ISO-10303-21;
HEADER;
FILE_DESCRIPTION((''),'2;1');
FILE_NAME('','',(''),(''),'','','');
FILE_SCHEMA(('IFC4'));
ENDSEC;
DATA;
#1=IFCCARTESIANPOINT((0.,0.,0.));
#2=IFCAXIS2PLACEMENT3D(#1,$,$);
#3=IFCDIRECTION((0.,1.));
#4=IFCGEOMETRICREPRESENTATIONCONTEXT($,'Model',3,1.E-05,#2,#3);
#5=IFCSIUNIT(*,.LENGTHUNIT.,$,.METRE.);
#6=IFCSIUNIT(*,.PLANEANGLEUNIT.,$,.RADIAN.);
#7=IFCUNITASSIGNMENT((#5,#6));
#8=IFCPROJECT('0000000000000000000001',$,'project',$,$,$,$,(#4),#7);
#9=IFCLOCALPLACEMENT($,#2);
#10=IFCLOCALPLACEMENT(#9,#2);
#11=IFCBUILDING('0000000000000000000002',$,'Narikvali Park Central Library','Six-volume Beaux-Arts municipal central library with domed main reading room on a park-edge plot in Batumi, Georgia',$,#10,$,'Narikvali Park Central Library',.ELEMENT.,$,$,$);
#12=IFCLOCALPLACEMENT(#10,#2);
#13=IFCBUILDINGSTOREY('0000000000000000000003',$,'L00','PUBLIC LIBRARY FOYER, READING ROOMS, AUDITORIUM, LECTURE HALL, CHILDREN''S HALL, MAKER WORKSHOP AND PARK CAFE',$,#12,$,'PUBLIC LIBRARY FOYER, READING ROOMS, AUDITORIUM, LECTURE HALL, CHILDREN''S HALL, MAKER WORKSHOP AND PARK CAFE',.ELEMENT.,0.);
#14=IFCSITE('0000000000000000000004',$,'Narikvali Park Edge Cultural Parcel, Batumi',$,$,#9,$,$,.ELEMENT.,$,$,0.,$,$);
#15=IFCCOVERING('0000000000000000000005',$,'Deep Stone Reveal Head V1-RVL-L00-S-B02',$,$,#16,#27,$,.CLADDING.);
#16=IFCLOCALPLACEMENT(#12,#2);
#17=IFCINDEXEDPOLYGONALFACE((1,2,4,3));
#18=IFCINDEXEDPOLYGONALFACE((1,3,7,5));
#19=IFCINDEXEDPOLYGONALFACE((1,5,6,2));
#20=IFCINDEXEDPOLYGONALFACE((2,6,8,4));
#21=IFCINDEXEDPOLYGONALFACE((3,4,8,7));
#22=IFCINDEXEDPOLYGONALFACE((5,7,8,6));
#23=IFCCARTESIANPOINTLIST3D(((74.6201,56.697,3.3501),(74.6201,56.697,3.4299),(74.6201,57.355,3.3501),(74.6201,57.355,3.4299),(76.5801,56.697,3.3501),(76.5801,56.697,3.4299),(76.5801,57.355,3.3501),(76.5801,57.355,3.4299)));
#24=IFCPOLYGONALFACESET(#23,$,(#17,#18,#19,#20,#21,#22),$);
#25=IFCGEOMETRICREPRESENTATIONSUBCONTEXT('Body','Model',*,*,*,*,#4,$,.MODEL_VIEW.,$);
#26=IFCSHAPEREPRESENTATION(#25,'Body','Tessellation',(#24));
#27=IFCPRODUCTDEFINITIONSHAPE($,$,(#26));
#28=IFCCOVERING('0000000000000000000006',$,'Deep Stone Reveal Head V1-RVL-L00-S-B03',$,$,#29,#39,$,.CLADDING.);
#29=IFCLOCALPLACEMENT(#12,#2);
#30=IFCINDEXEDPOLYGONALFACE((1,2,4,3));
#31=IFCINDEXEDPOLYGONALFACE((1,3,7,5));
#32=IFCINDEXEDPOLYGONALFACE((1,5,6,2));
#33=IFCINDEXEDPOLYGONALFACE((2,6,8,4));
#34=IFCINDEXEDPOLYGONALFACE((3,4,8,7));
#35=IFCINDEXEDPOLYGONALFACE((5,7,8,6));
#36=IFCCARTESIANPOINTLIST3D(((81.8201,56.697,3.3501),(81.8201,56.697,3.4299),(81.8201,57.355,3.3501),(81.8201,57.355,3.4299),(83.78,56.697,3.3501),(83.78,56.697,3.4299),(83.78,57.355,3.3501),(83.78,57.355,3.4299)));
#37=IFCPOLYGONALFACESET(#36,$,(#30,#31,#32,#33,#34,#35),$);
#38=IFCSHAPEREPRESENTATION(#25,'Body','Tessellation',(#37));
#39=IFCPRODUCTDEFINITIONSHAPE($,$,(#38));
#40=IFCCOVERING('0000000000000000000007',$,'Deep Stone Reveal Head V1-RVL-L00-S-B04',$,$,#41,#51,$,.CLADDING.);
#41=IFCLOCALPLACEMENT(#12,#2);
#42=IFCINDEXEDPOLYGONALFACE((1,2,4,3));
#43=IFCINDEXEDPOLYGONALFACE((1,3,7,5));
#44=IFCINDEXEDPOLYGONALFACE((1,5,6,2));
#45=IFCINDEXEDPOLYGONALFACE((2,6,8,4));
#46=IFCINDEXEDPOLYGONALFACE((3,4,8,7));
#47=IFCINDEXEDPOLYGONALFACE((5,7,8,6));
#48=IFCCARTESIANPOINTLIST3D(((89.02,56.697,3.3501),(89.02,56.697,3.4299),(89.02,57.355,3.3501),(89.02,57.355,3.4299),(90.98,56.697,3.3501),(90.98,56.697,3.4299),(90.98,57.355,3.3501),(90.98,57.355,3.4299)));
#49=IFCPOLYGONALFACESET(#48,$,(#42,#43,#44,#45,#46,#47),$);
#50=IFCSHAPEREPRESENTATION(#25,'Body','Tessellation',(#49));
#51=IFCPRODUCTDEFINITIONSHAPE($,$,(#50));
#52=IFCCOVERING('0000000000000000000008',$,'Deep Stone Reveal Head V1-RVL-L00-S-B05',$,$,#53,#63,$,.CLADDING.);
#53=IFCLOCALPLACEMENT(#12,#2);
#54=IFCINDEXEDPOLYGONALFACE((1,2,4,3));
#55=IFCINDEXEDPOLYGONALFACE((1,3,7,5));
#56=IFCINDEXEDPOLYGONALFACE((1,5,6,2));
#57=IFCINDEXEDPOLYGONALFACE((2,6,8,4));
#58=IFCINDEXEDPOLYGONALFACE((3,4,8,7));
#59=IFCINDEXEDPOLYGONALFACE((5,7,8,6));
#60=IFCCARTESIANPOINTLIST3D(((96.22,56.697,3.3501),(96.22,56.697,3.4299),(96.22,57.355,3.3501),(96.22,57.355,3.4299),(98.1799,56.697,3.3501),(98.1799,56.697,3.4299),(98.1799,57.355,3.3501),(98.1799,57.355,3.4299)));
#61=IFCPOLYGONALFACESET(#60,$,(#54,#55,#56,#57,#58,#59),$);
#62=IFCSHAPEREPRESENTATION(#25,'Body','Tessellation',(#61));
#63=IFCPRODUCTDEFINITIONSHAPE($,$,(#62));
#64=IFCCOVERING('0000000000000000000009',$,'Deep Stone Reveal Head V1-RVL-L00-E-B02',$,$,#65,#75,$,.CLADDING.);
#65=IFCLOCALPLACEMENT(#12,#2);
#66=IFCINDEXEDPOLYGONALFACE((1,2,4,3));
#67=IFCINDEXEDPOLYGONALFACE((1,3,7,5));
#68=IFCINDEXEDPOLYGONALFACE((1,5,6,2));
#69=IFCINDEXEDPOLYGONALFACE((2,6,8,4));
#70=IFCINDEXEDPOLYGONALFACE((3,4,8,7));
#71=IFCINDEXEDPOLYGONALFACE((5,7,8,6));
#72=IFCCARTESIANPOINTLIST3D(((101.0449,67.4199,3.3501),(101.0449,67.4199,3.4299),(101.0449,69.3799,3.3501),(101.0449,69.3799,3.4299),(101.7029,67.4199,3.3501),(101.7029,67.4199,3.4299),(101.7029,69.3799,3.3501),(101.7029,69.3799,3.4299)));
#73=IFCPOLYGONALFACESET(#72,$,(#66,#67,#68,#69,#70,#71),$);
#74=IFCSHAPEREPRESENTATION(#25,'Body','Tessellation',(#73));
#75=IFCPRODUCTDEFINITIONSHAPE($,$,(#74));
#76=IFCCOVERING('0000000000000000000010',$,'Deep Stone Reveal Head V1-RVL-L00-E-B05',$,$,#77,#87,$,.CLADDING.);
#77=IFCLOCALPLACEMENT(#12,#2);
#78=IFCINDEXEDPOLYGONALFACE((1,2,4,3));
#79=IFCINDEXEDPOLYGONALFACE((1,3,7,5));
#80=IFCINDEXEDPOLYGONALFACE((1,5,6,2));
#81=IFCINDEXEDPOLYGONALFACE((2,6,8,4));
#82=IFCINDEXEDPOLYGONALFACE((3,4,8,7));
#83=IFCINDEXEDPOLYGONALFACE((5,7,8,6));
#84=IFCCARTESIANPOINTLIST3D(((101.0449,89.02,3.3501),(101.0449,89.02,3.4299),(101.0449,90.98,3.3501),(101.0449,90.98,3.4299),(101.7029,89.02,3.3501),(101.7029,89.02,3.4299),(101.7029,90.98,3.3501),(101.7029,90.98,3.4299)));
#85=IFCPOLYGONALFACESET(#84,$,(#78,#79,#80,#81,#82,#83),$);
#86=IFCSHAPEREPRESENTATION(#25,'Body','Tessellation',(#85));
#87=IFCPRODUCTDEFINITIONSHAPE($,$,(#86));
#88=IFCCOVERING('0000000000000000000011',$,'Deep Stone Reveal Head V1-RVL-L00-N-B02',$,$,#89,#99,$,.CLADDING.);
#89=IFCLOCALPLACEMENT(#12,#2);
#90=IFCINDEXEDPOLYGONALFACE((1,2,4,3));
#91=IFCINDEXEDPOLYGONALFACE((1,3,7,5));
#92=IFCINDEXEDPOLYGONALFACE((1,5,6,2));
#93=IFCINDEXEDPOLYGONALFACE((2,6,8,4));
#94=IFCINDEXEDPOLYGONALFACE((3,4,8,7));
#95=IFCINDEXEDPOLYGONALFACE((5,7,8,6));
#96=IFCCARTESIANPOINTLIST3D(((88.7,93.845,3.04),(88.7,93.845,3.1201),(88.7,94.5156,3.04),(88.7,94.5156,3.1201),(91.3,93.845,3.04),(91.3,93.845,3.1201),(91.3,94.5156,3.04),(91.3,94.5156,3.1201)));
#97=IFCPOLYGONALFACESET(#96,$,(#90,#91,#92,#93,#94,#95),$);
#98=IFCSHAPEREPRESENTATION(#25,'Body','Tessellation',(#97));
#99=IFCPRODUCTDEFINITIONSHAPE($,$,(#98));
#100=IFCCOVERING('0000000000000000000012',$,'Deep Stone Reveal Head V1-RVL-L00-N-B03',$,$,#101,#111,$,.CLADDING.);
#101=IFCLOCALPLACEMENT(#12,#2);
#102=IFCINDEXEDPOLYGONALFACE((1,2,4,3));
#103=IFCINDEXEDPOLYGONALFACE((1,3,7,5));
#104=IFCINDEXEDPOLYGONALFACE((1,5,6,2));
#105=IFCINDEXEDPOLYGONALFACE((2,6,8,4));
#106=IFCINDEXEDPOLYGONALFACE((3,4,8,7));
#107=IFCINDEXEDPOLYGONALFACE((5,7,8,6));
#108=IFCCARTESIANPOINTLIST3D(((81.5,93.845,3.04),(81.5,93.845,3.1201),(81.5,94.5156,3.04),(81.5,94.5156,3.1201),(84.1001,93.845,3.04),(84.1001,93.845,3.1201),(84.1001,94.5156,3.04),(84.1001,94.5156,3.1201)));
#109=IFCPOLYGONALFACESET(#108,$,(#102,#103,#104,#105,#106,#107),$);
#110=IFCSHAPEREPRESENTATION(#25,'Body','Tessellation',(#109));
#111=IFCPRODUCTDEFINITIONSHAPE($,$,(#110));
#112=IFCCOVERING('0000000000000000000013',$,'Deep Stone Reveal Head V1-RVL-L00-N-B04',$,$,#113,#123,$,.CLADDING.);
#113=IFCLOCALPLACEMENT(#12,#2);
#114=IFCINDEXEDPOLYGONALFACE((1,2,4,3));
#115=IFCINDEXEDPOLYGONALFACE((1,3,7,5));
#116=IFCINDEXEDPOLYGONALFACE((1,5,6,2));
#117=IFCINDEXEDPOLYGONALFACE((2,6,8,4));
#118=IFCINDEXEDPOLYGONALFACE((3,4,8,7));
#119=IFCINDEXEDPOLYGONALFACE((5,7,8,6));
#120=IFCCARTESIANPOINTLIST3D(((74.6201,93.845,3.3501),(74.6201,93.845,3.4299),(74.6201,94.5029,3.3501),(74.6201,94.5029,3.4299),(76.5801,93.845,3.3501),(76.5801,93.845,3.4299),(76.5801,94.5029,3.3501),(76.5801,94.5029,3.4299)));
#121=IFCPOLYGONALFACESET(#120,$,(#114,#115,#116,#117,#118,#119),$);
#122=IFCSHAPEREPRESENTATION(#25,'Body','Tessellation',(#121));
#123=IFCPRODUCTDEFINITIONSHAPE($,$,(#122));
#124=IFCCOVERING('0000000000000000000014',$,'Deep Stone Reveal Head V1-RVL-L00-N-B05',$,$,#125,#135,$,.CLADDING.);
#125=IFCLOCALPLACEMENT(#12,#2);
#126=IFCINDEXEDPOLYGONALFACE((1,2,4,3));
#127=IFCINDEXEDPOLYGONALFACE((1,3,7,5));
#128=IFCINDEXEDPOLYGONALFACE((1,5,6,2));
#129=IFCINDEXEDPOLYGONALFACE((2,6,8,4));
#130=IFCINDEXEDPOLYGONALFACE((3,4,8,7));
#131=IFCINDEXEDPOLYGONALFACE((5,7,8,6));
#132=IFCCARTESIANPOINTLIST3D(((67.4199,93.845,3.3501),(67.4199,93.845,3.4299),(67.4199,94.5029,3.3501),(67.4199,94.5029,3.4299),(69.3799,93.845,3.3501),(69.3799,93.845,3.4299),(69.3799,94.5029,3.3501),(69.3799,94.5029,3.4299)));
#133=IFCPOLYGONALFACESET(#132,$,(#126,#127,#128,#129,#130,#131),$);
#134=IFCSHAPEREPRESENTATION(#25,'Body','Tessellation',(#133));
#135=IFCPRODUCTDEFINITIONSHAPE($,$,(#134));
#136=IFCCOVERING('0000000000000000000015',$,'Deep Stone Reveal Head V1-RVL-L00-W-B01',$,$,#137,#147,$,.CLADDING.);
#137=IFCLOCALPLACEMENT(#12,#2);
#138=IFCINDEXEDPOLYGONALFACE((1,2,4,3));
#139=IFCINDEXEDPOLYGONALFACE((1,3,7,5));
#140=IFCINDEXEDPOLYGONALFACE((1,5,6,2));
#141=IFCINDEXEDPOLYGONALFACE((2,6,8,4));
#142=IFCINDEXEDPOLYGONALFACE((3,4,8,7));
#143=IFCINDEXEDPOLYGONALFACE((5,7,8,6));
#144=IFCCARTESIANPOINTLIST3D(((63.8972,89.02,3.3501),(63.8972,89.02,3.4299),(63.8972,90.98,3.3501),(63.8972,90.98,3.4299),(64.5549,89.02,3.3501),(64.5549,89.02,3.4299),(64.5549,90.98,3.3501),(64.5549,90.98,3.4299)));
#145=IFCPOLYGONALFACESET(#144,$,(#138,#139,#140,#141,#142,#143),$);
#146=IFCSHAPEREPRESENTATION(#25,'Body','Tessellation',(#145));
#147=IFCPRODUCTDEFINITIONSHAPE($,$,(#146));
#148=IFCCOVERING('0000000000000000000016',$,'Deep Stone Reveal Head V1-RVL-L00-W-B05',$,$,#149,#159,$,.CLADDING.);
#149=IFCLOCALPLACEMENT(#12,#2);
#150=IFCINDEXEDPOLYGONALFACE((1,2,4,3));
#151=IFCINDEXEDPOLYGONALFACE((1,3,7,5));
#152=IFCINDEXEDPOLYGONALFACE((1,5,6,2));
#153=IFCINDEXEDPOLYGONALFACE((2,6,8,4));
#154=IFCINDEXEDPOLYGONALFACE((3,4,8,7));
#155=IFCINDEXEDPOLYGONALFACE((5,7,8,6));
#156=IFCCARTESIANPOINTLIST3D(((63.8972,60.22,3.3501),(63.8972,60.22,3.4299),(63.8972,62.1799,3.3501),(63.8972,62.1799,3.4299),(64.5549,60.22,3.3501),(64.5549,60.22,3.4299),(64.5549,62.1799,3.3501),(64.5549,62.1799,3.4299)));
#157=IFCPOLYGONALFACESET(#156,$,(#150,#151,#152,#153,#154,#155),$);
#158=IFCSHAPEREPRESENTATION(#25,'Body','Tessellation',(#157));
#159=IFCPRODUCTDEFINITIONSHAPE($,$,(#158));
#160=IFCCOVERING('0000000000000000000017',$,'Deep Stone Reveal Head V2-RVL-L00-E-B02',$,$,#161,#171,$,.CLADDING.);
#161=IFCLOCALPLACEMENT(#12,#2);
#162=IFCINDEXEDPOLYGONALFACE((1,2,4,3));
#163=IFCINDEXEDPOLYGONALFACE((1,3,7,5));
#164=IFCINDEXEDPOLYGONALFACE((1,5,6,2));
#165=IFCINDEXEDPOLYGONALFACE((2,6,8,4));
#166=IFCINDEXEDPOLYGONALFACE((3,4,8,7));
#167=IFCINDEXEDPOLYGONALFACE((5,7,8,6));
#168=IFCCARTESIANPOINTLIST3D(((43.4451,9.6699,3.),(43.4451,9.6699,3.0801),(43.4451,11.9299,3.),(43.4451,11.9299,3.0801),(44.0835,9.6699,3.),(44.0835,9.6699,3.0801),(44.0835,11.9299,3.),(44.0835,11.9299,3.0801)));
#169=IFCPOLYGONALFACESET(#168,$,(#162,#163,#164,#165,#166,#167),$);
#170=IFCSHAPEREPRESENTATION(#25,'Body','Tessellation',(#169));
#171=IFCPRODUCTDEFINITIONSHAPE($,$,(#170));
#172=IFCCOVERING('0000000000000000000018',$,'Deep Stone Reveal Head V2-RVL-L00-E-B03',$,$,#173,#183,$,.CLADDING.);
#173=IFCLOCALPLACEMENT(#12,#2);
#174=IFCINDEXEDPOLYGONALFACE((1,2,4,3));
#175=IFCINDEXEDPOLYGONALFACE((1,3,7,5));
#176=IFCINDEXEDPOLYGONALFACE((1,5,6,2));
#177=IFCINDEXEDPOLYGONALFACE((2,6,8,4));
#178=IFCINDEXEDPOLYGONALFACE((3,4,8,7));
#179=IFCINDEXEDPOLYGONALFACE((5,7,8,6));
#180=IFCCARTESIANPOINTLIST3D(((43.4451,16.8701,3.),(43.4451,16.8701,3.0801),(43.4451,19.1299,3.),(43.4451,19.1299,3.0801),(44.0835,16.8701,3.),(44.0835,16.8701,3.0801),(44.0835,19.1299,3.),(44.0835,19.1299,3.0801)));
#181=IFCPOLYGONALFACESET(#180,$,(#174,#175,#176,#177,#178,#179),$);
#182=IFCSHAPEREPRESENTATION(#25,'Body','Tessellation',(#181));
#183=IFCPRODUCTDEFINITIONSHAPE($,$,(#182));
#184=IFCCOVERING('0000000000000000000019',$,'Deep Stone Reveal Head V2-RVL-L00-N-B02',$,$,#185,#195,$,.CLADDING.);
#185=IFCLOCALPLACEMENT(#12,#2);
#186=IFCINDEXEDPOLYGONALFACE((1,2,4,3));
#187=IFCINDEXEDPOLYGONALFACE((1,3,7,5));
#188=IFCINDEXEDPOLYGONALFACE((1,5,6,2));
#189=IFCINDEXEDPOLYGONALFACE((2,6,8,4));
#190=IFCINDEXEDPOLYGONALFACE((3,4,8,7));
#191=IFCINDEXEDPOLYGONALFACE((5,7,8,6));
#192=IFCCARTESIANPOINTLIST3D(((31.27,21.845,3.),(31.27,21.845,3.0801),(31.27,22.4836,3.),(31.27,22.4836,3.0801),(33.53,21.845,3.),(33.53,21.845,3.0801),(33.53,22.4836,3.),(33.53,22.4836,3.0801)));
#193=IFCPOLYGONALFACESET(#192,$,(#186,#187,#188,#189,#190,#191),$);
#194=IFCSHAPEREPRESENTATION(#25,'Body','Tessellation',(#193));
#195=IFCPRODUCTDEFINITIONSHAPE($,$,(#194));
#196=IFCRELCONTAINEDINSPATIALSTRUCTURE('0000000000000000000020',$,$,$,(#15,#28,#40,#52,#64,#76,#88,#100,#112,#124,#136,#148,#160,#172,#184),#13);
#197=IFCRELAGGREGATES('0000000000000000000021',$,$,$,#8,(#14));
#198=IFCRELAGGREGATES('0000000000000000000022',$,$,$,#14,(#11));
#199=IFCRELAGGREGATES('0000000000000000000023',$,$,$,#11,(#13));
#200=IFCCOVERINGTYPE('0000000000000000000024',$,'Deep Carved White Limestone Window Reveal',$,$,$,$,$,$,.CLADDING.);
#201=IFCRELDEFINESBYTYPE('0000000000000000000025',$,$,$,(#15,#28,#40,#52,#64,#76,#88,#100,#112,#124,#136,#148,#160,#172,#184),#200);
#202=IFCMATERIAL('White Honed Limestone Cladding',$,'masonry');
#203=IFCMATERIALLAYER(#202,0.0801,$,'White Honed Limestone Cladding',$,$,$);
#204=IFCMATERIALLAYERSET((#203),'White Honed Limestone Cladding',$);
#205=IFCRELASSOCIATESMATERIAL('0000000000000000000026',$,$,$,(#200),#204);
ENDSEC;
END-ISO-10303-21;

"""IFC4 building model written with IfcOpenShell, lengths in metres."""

from ifc_helpers import new_model, si_unit, direction, frame, origin, place, context, subcontext, project, spatial, polyline, outline, extrude, material, layer, layer_set, type_object, element, save


model = new_model("IFC4")

# Units and contexts
model_context = context("Model", 3, precision=1e-05, world=origin(), true_north=direction((0.0, 1.0)))
body_context = subcontext(model_context, "Body", "Model", "MODEL_VIEW")
ifc_project = project(units=[si_unit("LENGTHUNIT", "METRE"), si_unit("PLANEANGLEUNIT", "RADIAN")], contexts=[model_context])

# Site, building, storey
site_placement = place(None, origin())
site = spatial("IfcSite", under=ifc_project, at=site_placement, Name="Narikvali Park Edge Cultural Parcel, Batumi", CompositionType="ELEMENT", RefElevation=0.0)
building_placement = place(site_placement, origin())
building = spatial("IfcBuilding", under=site, at=building_placement, Name="Narikvali Park Central Library", Description="Six-volume Beaux-Arts municipal central library with domed main reading room on a park-edge plot in Batumi, Georgia", LongName="Narikvali Park Central Library", CompositionType="ELEMENT")
storey_placement = place(building_placement, origin())
storey = spatial("IfcBuildingStorey", under=building, at=storey_placement, Name="L00", Description="PUBLIC LIBRARY FOYER, READING ROOMS, AUDITORIUM, LECTURE HALL, CHILDREN'S HALL, MAKER WORKSHOP AND PARK CAFE", LongName="PUBLIC LIBRARY FOYER, READING ROOMS, AUDITORIUM, LECTURE HALL, CHILDREN'S HALL, MAKER WORKSHOP AND PARK CAFE", CompositionType="ELEMENT", Elevation=0.0)

# Coverings
ifc_material = material(Name="White Honed Limestone Cladding", Category="masonry")
ifc_layer = layer(ifc_material, 0.0801, Name="White Honed Limestone Cladding")
ifc_layer_set = layer_set([ifc_layer], Name="White Honed Limestone Cladding")
covering_type = type_object("IfcCoveringType", Name="Deep Carved White Limestone Window Reveal", PredefinedType="CLADDING", material=ifc_layer_set)
covering_1_placement = place(storey_placement, frame((0.0, 0.0, 3.3501)))
element("IfcCovering", 1, at=covering_1_placement, inside=storey, type_object=covering_type, Name="Deep Stone Reveal Head V1-RVL-L00-S-B02", PredefinedType="CLADDING", context=body_context, shape_type="SweptSolid", body=[
    extrude(outline(polyline([(74.6201, 57.355), (76.5801, 57.355), (76.5801, 56.697), (74.6201, 56.697), (74.6201, 57.355)])), origin(), (0.0, 0.0, 1.0), 0.0798),
])
covering_2_placement = place(storey_placement, frame((0.0, 0.0, 3.3501)))
element("IfcCovering", 2, at=covering_2_placement, inside=storey, type_object=covering_type, Name="Deep Stone Reveal Head V1-RVL-L00-S-B03", PredefinedType="CLADDING", context=body_context, shape_type="SweptSolid", body=[
    extrude(outline(polyline([(81.8201, 57.355), (83.78, 57.355), (83.78, 56.697), (81.8201, 56.697), (81.8201, 57.355)])), origin(), (0.0, 0.0, 1.0), 0.0798),
])
covering_3_placement = place(storey_placement, frame((0.0, 0.0, 3.3501)))
element("IfcCovering", 3, at=covering_3_placement, inside=storey, type_object=covering_type, Name="Deep Stone Reveal Head V1-RVL-L00-S-B04", PredefinedType="CLADDING", context=body_context, shape_type="SweptSolid", body=[
    extrude(outline(polyline([(89.02, 57.355), (90.98, 57.355), (90.98, 56.697), (89.02, 56.697), (89.02, 57.355)])), origin(), (0.0, 0.0, 1.0), 0.0798),
])
covering_4_placement = place(storey_placement, frame((0.0, 0.0, 3.3501)))
element("IfcCovering", 4, at=covering_4_placement, inside=storey, type_object=covering_type, Name="Deep Stone Reveal Head V1-RVL-L00-S-B05", PredefinedType="CLADDING", context=body_context, shape_type="SweptSolid", body=[
    extrude(outline(polyline([(96.22, 57.355), (98.1799, 57.355), (98.1799, 56.697), (96.22, 56.697), (96.22, 57.355)])), origin(), (0.0, 0.0, 1.0), 0.0798),
])
covering_5_placement = place(storey_placement, frame((0.0, 0.0, 3.3501)))
element("IfcCovering", 5, at=covering_5_placement, inside=storey, type_object=covering_type, Name="Deep Stone Reveal Head V1-RVL-L00-E-B02", PredefinedType="CLADDING", context=body_context, shape_type="SweptSolid", body=[
    extrude(outline(polyline([(101.0449, 67.4199), (101.0449, 69.3799), (101.7029, 69.3799), (101.7029, 67.4199), (101.0449, 67.4199)])), origin(), (0.0, 0.0, 1.0), 0.0798),
])
covering_6_placement = place(storey_placement, frame((0.0, 0.0, 3.3501)))
element("IfcCovering", 6, at=covering_6_placement, inside=storey, type_object=covering_type, Name="Deep Stone Reveal Head V1-RVL-L00-E-B05", PredefinedType="CLADDING", context=body_context, shape_type="SweptSolid", body=[
    extrude(outline(polyline([(101.0449, 89.02), (101.0449, 90.98), (101.7029, 90.98), (101.7029, 89.02), (101.0449, 89.02)])), origin(), (0.0, 0.0, 1.0), 0.0798),
])
covering_7_placement = place(storey_placement, frame((0.0, 0.0, 3.04)))
element("IfcCovering", 7, at=covering_7_placement, inside=storey, type_object=covering_type, Name="Deep Stone Reveal Head V1-RVL-L00-N-B02", PredefinedType="CLADDING", context=body_context, shape_type="SweptSolid", body=[
    extrude(outline(polyline([(91.3, 93.845), (88.7, 93.845), (88.7, 94.5156), (91.3, 94.5156), (91.3, 93.845)])), origin(), (0.0, 0.0, 1.0), 0.0801),
])
covering_8_placement = place(storey_placement, frame((0.0, 0.0, 3.04)))
element("IfcCovering", 8, at=covering_8_placement, inside=storey, type_object=covering_type, Name="Deep Stone Reveal Head V1-RVL-L00-N-B03", PredefinedType="CLADDING", context=body_context, shape_type="SweptSolid", body=[
    extrude(outline(polyline([(84.1001, 93.845), (81.5, 93.845), (81.5, 94.5156), (84.1001, 94.5156), (84.1001, 93.845)])), origin(), (0.0, 0.0, 1.0), 0.0801),
])
covering_9_placement = place(storey_placement, frame((0.0, 0.0, 3.3501)))
element("IfcCovering", 9, at=covering_9_placement, inside=storey, type_object=covering_type, Name="Deep Stone Reveal Head V1-RVL-L00-N-B04", PredefinedType="CLADDING", context=body_context, shape_type="SweptSolid", body=[
    extrude(outline(polyline([(76.5801, 93.845), (74.6201, 93.845), (74.6201, 94.5029), (76.5801, 94.5029), (76.5801, 93.845)])), origin(), (0.0, 0.0, 1.0), 0.0798),
])
covering_10_placement = place(storey_placement, frame((0.0, 0.0, 3.3501)))
element("IfcCovering", 10, at=covering_10_placement, inside=storey, type_object=covering_type, Name="Deep Stone Reveal Head V1-RVL-L00-N-B05", PredefinedType="CLADDING", context=body_context, shape_type="SweptSolid", body=[
    extrude(outline(polyline([(69.3799, 93.845), (67.4199, 93.845), (67.4199, 94.5029), (69.3799, 94.5029), (69.3799, 93.845)])), origin(), (0.0, 0.0, 1.0), 0.0798),
])
covering_11_placement = place(storey_placement, frame((0.0, 0.0, 3.3501)))
element("IfcCovering", 11, at=covering_11_placement, inside=storey, type_object=covering_type, Name="Deep Stone Reveal Head V1-RVL-L00-W-B01", PredefinedType="CLADDING", context=body_context, shape_type="SweptSolid", body=[
    extrude(outline(polyline([(64.5549, 90.98), (64.5549, 89.02), (63.8972, 89.02), (63.8972, 90.98), (64.5549, 90.98)])), origin(), (0.0, 0.0, 1.0), 0.0798),
])
covering_12_placement = place(storey_placement, frame((0.0, 0.0, 3.3501)))
element("IfcCovering", 12, at=covering_12_placement, inside=storey, type_object=covering_type, Name="Deep Stone Reveal Head V1-RVL-L00-W-B05", PredefinedType="CLADDING", context=body_context, shape_type="SweptSolid", body=[
    extrude(outline(polyline([(64.5549, 62.1799), (64.5549, 60.22), (63.8972, 60.22), (63.8972, 62.1799), (64.5549, 62.1799)])), origin(), (0.0, 0.0, 1.0), 0.0798),
])
covering_13_placement = place(storey_placement, frame((0.0, 0.0, 3.0)))
element("IfcCovering", 13, at=covering_13_placement, inside=storey, type_object=covering_type, Name="Deep Stone Reveal Head V2-RVL-L00-E-B02", PredefinedType="CLADDING", context=body_context, shape_type="SweptSolid", body=[
    extrude(outline(polyline([(43.4451, 9.6699), (43.4451, 11.9299), (44.0835, 11.9299), (44.0835, 9.6699), (43.4451, 9.6699)])), origin(), (0.0, 0.0, 1.0), 0.0801),
])
covering_14_placement = place(storey_placement, frame((0.0, 0.0, 3.0)))
element("IfcCovering", 14, at=covering_14_placement, inside=storey, type_object=covering_type, Name="Deep Stone Reveal Head V2-RVL-L00-E-B03", PredefinedType="CLADDING", context=body_context, shape_type="SweptSolid", body=[
    extrude(outline(polyline([(43.4451, 16.8701), (43.4451, 19.1299), (44.0835, 19.1299), (44.0835, 16.8701), (43.4451, 16.8701)])), origin(), (0.0, 0.0, 1.0), 0.0801),
])
covering_15_placement = place(storey_placement, frame((0.0, 0.0, 3.0)))
element("IfcCovering", 15, at=covering_15_placement, inside=storey, type_object=covering_type, Name="Deep Stone Reveal Head V2-RVL-L00-N-B02", PredefinedType="CLADDING", context=body_context, shape_type="SweptSolid", body=[
    extrude(outline(polyline([(33.53, 21.845), (31.27, 21.845), (31.27, 22.4836), (33.53, 22.4836), (33.53, 21.845)])), origin(), (0.0, 0.0, 1.0), 0.0801),
])

save(model, "model.ifc")
